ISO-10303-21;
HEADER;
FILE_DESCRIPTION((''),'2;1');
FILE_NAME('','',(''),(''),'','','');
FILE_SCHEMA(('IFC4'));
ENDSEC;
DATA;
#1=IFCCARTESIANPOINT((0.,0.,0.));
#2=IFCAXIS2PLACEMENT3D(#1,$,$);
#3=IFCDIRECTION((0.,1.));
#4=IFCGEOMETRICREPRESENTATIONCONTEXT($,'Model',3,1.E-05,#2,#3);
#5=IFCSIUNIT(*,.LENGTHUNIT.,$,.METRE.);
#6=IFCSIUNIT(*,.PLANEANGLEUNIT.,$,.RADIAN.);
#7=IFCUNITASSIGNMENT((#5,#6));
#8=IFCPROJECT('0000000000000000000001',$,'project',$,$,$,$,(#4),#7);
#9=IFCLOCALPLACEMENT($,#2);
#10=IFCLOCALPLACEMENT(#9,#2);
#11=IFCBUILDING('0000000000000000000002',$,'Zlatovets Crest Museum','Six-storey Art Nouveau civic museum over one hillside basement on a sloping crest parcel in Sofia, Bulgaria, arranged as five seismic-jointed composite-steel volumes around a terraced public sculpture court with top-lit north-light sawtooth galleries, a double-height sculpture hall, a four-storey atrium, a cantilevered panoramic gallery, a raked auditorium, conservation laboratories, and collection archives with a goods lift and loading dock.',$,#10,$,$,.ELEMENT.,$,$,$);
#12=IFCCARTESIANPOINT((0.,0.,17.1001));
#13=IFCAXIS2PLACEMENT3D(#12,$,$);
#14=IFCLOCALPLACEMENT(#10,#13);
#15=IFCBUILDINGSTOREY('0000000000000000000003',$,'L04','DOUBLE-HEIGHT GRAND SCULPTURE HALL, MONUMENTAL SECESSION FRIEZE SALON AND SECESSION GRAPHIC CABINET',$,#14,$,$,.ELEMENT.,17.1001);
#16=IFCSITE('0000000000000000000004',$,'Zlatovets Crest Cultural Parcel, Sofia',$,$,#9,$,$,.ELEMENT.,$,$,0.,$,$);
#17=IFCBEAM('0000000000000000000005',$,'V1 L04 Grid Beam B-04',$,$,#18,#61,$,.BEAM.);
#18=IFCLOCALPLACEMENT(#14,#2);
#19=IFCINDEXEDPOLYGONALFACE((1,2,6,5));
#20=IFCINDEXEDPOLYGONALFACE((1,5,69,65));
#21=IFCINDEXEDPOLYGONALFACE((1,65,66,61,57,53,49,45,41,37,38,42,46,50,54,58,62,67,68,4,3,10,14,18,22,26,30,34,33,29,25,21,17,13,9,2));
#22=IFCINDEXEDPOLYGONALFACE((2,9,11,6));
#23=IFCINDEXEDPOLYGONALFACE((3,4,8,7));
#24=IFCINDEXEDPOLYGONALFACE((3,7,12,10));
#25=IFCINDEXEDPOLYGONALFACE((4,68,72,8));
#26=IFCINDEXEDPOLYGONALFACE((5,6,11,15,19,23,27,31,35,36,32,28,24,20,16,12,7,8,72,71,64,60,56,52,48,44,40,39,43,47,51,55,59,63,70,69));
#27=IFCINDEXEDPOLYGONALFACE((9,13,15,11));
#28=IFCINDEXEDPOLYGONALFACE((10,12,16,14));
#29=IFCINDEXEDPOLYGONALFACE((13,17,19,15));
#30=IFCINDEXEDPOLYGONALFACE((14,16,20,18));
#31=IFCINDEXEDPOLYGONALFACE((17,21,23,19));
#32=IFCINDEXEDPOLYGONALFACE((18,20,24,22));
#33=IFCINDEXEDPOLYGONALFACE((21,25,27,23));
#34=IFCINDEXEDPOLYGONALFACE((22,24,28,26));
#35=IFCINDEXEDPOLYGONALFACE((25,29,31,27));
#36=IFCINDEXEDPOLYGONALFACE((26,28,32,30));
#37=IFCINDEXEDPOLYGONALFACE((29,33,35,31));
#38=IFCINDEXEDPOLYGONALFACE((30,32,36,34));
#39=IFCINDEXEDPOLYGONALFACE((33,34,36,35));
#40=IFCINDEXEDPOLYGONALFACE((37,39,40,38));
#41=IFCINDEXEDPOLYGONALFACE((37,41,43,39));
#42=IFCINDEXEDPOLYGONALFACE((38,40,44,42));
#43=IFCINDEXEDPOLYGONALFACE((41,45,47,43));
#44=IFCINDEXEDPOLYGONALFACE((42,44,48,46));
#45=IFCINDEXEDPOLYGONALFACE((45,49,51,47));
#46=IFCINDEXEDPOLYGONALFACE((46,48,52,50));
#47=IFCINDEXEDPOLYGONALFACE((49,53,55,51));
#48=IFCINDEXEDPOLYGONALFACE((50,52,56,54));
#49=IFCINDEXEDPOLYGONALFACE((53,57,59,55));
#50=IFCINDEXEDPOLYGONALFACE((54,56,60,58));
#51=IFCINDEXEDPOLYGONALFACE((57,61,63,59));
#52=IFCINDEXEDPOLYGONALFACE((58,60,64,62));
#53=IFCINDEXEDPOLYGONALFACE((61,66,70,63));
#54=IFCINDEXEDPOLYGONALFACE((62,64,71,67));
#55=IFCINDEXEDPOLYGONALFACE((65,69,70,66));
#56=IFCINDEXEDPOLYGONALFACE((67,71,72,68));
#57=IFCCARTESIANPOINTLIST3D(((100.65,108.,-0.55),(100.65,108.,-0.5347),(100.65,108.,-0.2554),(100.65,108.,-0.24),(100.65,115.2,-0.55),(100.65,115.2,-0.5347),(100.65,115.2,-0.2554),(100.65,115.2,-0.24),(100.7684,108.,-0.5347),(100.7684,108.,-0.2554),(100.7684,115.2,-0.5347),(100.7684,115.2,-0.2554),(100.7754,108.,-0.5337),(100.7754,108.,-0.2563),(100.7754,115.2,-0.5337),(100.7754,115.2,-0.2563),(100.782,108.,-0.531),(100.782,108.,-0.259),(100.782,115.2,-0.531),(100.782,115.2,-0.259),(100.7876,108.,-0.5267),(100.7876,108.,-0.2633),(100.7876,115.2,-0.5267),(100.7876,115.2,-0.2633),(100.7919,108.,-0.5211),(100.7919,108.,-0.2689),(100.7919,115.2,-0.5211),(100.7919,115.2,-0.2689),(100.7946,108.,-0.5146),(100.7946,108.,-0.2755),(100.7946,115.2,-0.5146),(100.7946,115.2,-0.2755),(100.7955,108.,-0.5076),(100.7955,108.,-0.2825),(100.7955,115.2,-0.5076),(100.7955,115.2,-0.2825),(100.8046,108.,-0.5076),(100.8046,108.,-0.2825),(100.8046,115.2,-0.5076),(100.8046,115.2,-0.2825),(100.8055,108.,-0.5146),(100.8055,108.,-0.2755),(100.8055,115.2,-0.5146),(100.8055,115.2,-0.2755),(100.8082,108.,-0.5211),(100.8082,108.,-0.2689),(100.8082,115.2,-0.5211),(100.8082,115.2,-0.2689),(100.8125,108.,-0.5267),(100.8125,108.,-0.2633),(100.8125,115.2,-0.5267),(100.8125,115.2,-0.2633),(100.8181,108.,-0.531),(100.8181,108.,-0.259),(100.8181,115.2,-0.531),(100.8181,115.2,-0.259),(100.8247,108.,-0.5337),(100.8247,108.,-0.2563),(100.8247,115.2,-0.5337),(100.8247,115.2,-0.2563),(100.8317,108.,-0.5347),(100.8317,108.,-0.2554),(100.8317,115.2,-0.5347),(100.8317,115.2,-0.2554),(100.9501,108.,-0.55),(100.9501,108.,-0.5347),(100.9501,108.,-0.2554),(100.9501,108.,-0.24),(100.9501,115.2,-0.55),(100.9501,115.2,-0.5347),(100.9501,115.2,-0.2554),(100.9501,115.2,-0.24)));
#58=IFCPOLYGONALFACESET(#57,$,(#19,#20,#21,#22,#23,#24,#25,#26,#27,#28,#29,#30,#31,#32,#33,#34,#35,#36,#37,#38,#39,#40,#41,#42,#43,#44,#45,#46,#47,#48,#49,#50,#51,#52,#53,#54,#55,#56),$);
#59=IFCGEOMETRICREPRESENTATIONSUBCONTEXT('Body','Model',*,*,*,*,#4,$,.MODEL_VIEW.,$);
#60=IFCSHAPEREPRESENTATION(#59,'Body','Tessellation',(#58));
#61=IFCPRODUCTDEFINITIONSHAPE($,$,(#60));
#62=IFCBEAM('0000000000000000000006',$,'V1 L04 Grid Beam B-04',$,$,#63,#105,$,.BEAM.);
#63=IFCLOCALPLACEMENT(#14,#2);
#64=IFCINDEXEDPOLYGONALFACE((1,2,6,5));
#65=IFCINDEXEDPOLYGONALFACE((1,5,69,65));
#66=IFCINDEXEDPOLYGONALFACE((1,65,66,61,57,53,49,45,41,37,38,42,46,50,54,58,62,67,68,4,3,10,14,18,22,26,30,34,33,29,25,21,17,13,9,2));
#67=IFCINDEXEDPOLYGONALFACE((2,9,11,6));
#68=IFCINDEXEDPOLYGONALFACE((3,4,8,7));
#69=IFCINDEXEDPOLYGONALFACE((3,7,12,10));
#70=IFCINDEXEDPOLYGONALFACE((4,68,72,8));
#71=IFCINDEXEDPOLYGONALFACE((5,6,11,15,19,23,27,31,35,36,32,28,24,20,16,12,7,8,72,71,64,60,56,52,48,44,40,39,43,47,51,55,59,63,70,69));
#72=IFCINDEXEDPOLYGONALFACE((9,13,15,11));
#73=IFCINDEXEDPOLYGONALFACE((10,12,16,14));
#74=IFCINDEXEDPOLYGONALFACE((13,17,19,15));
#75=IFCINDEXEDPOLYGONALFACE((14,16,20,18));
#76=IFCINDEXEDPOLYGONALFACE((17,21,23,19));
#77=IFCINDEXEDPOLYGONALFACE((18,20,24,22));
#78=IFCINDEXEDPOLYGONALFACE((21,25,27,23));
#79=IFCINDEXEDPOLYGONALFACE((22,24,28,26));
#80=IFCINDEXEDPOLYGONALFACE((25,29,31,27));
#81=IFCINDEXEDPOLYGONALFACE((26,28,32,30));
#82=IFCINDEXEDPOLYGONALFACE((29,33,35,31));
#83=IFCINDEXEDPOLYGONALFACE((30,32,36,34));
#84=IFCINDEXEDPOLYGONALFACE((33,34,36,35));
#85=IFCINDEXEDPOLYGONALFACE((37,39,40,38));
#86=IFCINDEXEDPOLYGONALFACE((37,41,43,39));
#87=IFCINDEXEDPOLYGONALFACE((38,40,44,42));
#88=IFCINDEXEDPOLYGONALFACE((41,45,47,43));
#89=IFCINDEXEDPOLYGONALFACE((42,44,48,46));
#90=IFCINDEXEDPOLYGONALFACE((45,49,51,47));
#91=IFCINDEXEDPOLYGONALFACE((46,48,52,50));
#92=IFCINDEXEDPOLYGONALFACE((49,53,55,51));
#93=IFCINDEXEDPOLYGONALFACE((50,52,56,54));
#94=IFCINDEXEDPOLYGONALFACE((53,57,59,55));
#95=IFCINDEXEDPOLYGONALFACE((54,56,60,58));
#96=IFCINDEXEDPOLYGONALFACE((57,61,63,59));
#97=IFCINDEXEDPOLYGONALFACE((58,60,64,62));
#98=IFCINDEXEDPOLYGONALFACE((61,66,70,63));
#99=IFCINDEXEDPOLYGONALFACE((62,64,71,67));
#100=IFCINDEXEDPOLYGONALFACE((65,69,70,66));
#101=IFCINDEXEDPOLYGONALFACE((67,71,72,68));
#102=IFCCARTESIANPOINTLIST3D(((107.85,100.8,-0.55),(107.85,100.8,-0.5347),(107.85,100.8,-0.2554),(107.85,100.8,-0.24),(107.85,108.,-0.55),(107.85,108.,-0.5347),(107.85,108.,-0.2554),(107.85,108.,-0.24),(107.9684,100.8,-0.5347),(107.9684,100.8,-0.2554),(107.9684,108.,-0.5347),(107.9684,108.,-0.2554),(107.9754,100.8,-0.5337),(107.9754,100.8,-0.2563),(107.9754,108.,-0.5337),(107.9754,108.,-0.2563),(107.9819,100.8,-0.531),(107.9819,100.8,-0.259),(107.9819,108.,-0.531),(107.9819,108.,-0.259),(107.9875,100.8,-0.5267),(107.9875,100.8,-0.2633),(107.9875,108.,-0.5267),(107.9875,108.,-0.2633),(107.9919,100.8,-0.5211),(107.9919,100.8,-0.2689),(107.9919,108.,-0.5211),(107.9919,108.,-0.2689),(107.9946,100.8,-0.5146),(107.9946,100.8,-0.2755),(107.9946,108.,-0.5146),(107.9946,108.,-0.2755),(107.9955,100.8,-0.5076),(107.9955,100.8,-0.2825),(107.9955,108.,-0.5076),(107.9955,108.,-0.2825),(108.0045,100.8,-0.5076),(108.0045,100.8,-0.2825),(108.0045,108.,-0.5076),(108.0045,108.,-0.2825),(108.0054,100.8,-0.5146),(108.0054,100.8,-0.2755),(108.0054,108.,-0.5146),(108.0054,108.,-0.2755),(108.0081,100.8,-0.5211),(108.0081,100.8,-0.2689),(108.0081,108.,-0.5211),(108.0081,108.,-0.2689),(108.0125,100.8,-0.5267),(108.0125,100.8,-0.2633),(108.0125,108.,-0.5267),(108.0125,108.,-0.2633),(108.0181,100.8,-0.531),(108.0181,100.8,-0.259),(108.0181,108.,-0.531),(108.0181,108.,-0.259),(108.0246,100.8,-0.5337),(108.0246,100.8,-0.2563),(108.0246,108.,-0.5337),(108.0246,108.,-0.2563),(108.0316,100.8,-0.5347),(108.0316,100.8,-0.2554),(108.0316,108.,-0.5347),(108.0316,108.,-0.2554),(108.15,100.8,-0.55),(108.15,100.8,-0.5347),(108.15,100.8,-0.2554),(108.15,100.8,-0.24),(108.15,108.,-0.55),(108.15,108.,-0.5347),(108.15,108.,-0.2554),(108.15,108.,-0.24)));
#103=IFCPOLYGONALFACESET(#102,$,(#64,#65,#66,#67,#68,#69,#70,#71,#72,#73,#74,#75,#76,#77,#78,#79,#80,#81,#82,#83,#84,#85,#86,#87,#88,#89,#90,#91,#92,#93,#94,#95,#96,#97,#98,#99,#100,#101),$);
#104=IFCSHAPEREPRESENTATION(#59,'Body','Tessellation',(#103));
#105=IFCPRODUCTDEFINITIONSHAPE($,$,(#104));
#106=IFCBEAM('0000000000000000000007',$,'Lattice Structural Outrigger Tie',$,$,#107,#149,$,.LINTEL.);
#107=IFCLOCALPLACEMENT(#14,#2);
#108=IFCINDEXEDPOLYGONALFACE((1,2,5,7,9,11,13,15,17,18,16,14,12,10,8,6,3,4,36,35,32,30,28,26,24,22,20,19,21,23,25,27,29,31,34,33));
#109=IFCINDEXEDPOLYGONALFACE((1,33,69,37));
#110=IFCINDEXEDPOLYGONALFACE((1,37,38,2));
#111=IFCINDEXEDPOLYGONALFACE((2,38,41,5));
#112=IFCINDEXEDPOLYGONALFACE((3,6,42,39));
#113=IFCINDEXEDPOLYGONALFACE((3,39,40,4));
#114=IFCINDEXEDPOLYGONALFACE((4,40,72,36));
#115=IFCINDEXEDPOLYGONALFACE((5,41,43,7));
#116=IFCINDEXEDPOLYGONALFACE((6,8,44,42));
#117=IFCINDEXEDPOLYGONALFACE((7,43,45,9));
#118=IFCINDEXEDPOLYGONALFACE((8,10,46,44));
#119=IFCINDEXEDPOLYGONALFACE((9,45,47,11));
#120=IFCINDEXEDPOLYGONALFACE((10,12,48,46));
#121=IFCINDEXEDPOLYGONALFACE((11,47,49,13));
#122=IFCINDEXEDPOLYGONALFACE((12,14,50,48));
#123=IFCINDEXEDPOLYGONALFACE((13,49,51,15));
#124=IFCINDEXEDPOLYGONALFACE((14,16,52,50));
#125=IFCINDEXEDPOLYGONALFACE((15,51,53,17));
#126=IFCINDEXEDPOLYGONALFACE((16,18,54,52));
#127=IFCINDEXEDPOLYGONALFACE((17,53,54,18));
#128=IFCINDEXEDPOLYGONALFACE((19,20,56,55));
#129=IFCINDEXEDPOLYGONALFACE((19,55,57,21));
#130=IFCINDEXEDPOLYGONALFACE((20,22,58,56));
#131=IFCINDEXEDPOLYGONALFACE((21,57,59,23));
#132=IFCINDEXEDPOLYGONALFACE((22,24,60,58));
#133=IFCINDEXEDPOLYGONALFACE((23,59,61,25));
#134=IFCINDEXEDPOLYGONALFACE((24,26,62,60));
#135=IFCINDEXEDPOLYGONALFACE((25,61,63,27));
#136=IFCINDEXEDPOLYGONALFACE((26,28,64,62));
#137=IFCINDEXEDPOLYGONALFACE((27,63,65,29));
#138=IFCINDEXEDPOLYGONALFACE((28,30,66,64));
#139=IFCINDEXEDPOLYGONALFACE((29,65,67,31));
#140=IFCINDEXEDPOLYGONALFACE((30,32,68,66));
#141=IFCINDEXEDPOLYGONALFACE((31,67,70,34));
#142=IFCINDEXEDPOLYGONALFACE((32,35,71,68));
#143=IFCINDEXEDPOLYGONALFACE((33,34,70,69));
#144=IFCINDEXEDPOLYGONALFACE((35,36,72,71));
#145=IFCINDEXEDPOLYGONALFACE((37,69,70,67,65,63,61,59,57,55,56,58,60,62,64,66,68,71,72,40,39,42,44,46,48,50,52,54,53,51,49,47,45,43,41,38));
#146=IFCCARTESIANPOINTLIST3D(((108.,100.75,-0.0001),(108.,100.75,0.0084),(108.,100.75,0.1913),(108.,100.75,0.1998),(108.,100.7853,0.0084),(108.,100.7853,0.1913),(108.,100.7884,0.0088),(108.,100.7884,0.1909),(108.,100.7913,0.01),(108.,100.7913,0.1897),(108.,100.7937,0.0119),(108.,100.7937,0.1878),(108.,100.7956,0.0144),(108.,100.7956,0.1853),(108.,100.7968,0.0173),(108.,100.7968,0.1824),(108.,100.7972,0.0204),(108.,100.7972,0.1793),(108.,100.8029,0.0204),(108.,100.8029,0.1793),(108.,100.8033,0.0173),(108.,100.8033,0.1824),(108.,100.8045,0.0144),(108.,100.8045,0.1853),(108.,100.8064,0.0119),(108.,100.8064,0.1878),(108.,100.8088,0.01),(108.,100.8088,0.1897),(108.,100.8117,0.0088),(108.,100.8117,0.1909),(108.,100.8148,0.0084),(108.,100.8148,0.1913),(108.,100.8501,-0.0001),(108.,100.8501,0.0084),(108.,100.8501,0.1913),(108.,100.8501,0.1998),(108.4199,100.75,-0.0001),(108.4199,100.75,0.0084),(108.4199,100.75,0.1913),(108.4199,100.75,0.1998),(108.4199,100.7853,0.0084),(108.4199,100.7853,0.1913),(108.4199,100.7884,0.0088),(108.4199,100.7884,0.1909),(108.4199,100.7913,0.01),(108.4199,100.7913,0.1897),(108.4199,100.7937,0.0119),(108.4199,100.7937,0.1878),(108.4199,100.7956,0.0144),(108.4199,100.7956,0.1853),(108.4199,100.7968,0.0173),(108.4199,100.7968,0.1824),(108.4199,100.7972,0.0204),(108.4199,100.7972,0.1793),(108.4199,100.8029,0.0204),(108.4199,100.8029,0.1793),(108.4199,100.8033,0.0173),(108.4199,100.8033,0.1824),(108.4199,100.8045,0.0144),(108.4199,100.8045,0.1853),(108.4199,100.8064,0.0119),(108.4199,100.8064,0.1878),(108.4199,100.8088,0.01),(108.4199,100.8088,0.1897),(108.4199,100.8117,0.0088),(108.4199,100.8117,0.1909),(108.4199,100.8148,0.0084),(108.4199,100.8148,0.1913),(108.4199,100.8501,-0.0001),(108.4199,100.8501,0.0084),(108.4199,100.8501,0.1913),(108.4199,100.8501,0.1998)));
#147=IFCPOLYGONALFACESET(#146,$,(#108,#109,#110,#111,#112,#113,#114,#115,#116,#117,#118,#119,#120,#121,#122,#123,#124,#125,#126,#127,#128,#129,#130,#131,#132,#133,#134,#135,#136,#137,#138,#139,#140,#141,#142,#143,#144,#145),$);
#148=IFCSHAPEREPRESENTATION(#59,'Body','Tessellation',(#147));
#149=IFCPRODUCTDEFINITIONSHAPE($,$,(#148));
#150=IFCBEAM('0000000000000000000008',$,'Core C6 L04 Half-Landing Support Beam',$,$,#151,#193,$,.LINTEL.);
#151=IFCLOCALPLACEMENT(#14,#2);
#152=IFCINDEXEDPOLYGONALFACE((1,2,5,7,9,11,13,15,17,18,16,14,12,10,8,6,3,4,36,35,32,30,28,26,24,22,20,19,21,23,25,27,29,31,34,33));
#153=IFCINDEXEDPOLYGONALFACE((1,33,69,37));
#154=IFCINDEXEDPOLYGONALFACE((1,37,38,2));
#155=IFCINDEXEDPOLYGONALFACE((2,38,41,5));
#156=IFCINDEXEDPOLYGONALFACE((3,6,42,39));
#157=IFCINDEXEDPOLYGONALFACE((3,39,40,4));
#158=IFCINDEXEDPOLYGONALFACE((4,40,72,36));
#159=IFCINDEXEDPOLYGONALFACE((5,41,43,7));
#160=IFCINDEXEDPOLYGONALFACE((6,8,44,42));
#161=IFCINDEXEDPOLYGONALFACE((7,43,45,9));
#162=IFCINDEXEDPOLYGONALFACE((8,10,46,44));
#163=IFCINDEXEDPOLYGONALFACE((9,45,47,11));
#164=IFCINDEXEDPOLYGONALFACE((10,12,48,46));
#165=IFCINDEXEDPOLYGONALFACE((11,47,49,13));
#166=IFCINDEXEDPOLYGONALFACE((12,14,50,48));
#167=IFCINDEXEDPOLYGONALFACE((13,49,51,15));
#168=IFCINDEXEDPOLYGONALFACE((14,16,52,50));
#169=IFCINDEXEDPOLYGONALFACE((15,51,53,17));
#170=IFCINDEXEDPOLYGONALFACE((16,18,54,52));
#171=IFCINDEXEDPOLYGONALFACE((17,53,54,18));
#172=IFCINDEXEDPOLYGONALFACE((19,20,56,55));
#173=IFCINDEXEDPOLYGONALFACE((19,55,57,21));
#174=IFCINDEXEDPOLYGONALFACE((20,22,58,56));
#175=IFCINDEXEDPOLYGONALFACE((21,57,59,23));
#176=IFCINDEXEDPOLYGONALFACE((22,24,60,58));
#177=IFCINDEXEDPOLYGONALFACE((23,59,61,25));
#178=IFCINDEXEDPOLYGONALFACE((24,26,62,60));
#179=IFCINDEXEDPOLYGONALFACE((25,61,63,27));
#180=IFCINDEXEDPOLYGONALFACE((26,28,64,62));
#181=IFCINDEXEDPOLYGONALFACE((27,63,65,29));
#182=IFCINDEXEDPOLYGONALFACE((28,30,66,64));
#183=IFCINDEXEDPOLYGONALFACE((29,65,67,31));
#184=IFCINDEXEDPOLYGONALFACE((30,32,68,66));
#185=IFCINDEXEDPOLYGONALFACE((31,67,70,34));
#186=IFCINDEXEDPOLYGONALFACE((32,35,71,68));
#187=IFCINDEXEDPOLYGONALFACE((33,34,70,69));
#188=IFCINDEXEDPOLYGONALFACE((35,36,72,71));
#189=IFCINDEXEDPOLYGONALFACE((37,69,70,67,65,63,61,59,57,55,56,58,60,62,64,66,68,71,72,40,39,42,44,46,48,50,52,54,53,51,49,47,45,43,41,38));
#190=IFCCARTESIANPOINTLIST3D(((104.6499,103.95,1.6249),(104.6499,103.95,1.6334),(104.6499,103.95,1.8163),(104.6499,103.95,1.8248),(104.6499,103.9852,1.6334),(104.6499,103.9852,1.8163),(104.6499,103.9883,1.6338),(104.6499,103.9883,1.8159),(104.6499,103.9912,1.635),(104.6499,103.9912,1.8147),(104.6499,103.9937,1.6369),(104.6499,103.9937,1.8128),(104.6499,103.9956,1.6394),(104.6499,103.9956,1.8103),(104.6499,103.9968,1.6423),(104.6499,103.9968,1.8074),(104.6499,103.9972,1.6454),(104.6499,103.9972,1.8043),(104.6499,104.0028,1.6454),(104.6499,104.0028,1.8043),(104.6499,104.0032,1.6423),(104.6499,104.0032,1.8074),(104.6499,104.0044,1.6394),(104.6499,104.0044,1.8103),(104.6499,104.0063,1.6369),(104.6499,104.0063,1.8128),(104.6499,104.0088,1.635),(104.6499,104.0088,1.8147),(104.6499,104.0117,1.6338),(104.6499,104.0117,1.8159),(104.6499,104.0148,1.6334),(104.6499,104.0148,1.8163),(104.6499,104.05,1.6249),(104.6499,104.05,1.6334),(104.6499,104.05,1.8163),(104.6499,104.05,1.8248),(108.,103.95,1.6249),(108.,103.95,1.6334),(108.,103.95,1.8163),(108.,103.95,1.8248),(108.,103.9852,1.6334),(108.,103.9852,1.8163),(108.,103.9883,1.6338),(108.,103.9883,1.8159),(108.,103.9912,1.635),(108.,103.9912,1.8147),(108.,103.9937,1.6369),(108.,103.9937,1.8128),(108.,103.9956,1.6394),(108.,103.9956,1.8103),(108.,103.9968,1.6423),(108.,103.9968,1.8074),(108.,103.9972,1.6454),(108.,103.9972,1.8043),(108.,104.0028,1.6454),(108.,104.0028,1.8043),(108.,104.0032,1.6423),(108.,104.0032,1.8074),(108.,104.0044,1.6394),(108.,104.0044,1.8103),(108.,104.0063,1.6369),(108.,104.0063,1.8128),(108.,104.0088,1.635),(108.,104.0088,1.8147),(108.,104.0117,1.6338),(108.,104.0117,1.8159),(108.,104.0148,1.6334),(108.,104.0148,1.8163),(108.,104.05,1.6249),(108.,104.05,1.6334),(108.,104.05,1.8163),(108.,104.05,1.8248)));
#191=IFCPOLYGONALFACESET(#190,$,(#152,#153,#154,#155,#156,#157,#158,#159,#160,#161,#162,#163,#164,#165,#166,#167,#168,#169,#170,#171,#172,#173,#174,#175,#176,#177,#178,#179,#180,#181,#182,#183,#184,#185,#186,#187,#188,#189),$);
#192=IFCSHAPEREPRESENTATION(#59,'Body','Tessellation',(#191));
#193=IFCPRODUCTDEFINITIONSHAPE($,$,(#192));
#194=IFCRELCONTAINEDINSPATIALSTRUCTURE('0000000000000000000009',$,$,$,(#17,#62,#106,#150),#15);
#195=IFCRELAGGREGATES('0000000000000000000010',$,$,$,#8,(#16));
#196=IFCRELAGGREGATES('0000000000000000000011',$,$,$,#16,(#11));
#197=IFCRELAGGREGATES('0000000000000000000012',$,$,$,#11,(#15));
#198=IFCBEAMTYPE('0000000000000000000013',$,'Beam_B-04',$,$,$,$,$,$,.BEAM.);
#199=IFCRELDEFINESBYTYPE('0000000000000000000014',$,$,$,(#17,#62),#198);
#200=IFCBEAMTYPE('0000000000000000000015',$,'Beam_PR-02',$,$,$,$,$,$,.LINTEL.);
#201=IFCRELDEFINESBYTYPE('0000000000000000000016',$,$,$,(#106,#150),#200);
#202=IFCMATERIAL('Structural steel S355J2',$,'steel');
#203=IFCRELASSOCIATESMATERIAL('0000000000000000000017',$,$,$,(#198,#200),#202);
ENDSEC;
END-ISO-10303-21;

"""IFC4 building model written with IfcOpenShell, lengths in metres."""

from ifc_helpers import new_model, si_unit, direction, frame, origin, origin_2d, place, context, subcontext, project, spatial, i_section, extrude, material, material_profile, profile_set, type_object, element, save


model = new_model("IFC4")

# Units and contexts
model_context = context("Model", 3, precision=1e-05, world=origin(), true_north=direction((0.0, 1.0)))
body_context = subcontext(model_context, "Body", "Model", "MODEL_VIEW")
ifc_project = project(units=[si_unit("LENGTHUNIT", "METRE"), si_unit("PLANEANGLEUNIT", "RADIAN")], contexts=[model_context])

# Site, building, storey
site_placement = place(None, origin())
site = spatial("IfcSite", under=ifc_project, at=site_placement, Name="Zlatovets Crest Cultural Parcel, Sofia", CompositionType="ELEMENT", RefElevation=0.0)
building_placement = place(site_placement, origin())
building = spatial("IfcBuilding", under=site, at=building_placement, Name="Zlatovets Crest Museum", Description="Six-storey Art Nouveau civic museum over one hillside basement on a sloping crest parcel in Sofia, Bulgaria, arranged as five seismic-jointed composite-steel volumes around a terraced public sculpture court with top-lit north-light sawtooth galleries, a double-height sculpture hall, a four-storey atrium, a cantilevered panoramic gallery, a raked auditorium, conservation laboratories, and collection archives with a goods lift and loading dock.", CompositionType="ELEMENT")
storey_placement = place(building_placement, frame((0.0, 0.0, 17.1001)))
storey = spatial("IfcBuildingStorey", under=building, at=storey_placement, Name="L04", Description="DOUBLE-HEIGHT GRAND SCULPTURE HALL, MONUMENTAL SECESSION FRIEZE SALON AND SECESSION GRAPHIC CABINET", CompositionType="ELEMENT", Elevation=17.1001)

# Shared definitions
ifc_material_1 = material(Name="Structural steel S355J2", Category="steel")

# Beams
ifc_material_profile_1 = material_profile(ifc_material_1, i_section(OverallWidth=0.3, OverallDepth=0.3101, WebThickness=0.009, FlangeThickness=0.0154, FilletRadius=0.0271, at=origin_2d()), Name="HEA 320")
ifc_profile_set_1 = profile_set([ifc_material_profile_1], Name="Structural steel S355J2")
beam_type_1 = type_object("IfcBeamType", Name="Beam_B-04", PredefinedType="BEAM", material=ifc_profile_set_1)
for number, where, z_axis, x_axis, name in (
    (1, (100.8, 108.0, -0.395), (0.0, 1.0, 0.0), (-1.0, 0.0, 0.0), "V1 L04 Grid Beam B-04"),
    (2, (108.0, 100.8, -0.395), (0.0, 1.0, 0.0), (-1.0, 0.0, 0.0), "V1 L04 Grid Beam B-04"),
):
    element("IfcBeam", number, at=place(storey_placement, frame(where, z_axis=z_axis, x_axis=x_axis)), inside=storey, type_object=beam_type_1, Name=name, PredefinedType="BEAM", context=body_context, shape_type="SweptSolid", body=[
        extrude(i_section(OverallWidth=0.3, OverallDepth=0.3101, WebThickness=0.009, FlangeThickness=0.0154, FilletRadius=0.0271, at=origin_2d()), origin(), (0.0, 0.0, 1.0), 7.2),
    ])
ifc_material_profile_2 = material_profile(ifc_material_1, i_section(OverallWidth=0.1001, OverallDepth=0.2, WebThickness=0.0056, FlangeThickness=0.0085, FilletRadius=0.012, at=origin_2d()), Name="IPE 200")
ifc_profile_set_2 = profile_set([ifc_material_profile_2], Name="Structural steel S355J2")
beam_type_2 = type_object("IfcBeamType", Name="Beam_PR-02", PredefinedType="LINTEL", material=ifc_profile_set_2)
beam_1_placement = place(storey_placement, frame((108.0, 100.8, 0.0999), z_axis=(1.0, 0.0, 0.0), x_axis=(0.0, 1.0, 0.0)))
element("IfcBeam", 3, at=beam_1_placement, inside=storey, type_object=beam_type_2, Name="Lattice Structural Outrigger Tie", PredefinedType="LINTEL", context=body_context, shape_type="SweptSolid", body=[
    extrude(i_section(OverallWidth=0.1001, OverallDepth=0.2, WebThickness=0.0056, FlangeThickness=0.0085, FilletRadius=0.012, at=origin_2d()), origin(), (0.0, 0.0, 1.0), 0.4199),
])
for number, where, z_axis, x_axis, name in (
    (4, (104.6499, 104.0, 1.7249), (1.0, 0.0, 0.0), (0.0, 1.0, 0.0), "Core C6 L04 Half-Landing Support Beam"),
):
    element("IfcBeam", number, at=place(storey_placement, frame(where, z_axis=z_axis, x_axis=x_axis)), inside=storey, type_object=beam_type_2, Name=name, PredefinedType="LINTEL", context=body_context, shape_type="SweptSolid", body=[
        extrude(i_section(OverallWidth=0.1001, OverallDepth=0.2, WebThickness=0.0056, FlangeThickness=0.0085, FilletRadius=0.012, at=origin_2d()), origin(), (0.0, 0.0, 1.0), 3.3501),
    ])

save(model, "model.ifc")
